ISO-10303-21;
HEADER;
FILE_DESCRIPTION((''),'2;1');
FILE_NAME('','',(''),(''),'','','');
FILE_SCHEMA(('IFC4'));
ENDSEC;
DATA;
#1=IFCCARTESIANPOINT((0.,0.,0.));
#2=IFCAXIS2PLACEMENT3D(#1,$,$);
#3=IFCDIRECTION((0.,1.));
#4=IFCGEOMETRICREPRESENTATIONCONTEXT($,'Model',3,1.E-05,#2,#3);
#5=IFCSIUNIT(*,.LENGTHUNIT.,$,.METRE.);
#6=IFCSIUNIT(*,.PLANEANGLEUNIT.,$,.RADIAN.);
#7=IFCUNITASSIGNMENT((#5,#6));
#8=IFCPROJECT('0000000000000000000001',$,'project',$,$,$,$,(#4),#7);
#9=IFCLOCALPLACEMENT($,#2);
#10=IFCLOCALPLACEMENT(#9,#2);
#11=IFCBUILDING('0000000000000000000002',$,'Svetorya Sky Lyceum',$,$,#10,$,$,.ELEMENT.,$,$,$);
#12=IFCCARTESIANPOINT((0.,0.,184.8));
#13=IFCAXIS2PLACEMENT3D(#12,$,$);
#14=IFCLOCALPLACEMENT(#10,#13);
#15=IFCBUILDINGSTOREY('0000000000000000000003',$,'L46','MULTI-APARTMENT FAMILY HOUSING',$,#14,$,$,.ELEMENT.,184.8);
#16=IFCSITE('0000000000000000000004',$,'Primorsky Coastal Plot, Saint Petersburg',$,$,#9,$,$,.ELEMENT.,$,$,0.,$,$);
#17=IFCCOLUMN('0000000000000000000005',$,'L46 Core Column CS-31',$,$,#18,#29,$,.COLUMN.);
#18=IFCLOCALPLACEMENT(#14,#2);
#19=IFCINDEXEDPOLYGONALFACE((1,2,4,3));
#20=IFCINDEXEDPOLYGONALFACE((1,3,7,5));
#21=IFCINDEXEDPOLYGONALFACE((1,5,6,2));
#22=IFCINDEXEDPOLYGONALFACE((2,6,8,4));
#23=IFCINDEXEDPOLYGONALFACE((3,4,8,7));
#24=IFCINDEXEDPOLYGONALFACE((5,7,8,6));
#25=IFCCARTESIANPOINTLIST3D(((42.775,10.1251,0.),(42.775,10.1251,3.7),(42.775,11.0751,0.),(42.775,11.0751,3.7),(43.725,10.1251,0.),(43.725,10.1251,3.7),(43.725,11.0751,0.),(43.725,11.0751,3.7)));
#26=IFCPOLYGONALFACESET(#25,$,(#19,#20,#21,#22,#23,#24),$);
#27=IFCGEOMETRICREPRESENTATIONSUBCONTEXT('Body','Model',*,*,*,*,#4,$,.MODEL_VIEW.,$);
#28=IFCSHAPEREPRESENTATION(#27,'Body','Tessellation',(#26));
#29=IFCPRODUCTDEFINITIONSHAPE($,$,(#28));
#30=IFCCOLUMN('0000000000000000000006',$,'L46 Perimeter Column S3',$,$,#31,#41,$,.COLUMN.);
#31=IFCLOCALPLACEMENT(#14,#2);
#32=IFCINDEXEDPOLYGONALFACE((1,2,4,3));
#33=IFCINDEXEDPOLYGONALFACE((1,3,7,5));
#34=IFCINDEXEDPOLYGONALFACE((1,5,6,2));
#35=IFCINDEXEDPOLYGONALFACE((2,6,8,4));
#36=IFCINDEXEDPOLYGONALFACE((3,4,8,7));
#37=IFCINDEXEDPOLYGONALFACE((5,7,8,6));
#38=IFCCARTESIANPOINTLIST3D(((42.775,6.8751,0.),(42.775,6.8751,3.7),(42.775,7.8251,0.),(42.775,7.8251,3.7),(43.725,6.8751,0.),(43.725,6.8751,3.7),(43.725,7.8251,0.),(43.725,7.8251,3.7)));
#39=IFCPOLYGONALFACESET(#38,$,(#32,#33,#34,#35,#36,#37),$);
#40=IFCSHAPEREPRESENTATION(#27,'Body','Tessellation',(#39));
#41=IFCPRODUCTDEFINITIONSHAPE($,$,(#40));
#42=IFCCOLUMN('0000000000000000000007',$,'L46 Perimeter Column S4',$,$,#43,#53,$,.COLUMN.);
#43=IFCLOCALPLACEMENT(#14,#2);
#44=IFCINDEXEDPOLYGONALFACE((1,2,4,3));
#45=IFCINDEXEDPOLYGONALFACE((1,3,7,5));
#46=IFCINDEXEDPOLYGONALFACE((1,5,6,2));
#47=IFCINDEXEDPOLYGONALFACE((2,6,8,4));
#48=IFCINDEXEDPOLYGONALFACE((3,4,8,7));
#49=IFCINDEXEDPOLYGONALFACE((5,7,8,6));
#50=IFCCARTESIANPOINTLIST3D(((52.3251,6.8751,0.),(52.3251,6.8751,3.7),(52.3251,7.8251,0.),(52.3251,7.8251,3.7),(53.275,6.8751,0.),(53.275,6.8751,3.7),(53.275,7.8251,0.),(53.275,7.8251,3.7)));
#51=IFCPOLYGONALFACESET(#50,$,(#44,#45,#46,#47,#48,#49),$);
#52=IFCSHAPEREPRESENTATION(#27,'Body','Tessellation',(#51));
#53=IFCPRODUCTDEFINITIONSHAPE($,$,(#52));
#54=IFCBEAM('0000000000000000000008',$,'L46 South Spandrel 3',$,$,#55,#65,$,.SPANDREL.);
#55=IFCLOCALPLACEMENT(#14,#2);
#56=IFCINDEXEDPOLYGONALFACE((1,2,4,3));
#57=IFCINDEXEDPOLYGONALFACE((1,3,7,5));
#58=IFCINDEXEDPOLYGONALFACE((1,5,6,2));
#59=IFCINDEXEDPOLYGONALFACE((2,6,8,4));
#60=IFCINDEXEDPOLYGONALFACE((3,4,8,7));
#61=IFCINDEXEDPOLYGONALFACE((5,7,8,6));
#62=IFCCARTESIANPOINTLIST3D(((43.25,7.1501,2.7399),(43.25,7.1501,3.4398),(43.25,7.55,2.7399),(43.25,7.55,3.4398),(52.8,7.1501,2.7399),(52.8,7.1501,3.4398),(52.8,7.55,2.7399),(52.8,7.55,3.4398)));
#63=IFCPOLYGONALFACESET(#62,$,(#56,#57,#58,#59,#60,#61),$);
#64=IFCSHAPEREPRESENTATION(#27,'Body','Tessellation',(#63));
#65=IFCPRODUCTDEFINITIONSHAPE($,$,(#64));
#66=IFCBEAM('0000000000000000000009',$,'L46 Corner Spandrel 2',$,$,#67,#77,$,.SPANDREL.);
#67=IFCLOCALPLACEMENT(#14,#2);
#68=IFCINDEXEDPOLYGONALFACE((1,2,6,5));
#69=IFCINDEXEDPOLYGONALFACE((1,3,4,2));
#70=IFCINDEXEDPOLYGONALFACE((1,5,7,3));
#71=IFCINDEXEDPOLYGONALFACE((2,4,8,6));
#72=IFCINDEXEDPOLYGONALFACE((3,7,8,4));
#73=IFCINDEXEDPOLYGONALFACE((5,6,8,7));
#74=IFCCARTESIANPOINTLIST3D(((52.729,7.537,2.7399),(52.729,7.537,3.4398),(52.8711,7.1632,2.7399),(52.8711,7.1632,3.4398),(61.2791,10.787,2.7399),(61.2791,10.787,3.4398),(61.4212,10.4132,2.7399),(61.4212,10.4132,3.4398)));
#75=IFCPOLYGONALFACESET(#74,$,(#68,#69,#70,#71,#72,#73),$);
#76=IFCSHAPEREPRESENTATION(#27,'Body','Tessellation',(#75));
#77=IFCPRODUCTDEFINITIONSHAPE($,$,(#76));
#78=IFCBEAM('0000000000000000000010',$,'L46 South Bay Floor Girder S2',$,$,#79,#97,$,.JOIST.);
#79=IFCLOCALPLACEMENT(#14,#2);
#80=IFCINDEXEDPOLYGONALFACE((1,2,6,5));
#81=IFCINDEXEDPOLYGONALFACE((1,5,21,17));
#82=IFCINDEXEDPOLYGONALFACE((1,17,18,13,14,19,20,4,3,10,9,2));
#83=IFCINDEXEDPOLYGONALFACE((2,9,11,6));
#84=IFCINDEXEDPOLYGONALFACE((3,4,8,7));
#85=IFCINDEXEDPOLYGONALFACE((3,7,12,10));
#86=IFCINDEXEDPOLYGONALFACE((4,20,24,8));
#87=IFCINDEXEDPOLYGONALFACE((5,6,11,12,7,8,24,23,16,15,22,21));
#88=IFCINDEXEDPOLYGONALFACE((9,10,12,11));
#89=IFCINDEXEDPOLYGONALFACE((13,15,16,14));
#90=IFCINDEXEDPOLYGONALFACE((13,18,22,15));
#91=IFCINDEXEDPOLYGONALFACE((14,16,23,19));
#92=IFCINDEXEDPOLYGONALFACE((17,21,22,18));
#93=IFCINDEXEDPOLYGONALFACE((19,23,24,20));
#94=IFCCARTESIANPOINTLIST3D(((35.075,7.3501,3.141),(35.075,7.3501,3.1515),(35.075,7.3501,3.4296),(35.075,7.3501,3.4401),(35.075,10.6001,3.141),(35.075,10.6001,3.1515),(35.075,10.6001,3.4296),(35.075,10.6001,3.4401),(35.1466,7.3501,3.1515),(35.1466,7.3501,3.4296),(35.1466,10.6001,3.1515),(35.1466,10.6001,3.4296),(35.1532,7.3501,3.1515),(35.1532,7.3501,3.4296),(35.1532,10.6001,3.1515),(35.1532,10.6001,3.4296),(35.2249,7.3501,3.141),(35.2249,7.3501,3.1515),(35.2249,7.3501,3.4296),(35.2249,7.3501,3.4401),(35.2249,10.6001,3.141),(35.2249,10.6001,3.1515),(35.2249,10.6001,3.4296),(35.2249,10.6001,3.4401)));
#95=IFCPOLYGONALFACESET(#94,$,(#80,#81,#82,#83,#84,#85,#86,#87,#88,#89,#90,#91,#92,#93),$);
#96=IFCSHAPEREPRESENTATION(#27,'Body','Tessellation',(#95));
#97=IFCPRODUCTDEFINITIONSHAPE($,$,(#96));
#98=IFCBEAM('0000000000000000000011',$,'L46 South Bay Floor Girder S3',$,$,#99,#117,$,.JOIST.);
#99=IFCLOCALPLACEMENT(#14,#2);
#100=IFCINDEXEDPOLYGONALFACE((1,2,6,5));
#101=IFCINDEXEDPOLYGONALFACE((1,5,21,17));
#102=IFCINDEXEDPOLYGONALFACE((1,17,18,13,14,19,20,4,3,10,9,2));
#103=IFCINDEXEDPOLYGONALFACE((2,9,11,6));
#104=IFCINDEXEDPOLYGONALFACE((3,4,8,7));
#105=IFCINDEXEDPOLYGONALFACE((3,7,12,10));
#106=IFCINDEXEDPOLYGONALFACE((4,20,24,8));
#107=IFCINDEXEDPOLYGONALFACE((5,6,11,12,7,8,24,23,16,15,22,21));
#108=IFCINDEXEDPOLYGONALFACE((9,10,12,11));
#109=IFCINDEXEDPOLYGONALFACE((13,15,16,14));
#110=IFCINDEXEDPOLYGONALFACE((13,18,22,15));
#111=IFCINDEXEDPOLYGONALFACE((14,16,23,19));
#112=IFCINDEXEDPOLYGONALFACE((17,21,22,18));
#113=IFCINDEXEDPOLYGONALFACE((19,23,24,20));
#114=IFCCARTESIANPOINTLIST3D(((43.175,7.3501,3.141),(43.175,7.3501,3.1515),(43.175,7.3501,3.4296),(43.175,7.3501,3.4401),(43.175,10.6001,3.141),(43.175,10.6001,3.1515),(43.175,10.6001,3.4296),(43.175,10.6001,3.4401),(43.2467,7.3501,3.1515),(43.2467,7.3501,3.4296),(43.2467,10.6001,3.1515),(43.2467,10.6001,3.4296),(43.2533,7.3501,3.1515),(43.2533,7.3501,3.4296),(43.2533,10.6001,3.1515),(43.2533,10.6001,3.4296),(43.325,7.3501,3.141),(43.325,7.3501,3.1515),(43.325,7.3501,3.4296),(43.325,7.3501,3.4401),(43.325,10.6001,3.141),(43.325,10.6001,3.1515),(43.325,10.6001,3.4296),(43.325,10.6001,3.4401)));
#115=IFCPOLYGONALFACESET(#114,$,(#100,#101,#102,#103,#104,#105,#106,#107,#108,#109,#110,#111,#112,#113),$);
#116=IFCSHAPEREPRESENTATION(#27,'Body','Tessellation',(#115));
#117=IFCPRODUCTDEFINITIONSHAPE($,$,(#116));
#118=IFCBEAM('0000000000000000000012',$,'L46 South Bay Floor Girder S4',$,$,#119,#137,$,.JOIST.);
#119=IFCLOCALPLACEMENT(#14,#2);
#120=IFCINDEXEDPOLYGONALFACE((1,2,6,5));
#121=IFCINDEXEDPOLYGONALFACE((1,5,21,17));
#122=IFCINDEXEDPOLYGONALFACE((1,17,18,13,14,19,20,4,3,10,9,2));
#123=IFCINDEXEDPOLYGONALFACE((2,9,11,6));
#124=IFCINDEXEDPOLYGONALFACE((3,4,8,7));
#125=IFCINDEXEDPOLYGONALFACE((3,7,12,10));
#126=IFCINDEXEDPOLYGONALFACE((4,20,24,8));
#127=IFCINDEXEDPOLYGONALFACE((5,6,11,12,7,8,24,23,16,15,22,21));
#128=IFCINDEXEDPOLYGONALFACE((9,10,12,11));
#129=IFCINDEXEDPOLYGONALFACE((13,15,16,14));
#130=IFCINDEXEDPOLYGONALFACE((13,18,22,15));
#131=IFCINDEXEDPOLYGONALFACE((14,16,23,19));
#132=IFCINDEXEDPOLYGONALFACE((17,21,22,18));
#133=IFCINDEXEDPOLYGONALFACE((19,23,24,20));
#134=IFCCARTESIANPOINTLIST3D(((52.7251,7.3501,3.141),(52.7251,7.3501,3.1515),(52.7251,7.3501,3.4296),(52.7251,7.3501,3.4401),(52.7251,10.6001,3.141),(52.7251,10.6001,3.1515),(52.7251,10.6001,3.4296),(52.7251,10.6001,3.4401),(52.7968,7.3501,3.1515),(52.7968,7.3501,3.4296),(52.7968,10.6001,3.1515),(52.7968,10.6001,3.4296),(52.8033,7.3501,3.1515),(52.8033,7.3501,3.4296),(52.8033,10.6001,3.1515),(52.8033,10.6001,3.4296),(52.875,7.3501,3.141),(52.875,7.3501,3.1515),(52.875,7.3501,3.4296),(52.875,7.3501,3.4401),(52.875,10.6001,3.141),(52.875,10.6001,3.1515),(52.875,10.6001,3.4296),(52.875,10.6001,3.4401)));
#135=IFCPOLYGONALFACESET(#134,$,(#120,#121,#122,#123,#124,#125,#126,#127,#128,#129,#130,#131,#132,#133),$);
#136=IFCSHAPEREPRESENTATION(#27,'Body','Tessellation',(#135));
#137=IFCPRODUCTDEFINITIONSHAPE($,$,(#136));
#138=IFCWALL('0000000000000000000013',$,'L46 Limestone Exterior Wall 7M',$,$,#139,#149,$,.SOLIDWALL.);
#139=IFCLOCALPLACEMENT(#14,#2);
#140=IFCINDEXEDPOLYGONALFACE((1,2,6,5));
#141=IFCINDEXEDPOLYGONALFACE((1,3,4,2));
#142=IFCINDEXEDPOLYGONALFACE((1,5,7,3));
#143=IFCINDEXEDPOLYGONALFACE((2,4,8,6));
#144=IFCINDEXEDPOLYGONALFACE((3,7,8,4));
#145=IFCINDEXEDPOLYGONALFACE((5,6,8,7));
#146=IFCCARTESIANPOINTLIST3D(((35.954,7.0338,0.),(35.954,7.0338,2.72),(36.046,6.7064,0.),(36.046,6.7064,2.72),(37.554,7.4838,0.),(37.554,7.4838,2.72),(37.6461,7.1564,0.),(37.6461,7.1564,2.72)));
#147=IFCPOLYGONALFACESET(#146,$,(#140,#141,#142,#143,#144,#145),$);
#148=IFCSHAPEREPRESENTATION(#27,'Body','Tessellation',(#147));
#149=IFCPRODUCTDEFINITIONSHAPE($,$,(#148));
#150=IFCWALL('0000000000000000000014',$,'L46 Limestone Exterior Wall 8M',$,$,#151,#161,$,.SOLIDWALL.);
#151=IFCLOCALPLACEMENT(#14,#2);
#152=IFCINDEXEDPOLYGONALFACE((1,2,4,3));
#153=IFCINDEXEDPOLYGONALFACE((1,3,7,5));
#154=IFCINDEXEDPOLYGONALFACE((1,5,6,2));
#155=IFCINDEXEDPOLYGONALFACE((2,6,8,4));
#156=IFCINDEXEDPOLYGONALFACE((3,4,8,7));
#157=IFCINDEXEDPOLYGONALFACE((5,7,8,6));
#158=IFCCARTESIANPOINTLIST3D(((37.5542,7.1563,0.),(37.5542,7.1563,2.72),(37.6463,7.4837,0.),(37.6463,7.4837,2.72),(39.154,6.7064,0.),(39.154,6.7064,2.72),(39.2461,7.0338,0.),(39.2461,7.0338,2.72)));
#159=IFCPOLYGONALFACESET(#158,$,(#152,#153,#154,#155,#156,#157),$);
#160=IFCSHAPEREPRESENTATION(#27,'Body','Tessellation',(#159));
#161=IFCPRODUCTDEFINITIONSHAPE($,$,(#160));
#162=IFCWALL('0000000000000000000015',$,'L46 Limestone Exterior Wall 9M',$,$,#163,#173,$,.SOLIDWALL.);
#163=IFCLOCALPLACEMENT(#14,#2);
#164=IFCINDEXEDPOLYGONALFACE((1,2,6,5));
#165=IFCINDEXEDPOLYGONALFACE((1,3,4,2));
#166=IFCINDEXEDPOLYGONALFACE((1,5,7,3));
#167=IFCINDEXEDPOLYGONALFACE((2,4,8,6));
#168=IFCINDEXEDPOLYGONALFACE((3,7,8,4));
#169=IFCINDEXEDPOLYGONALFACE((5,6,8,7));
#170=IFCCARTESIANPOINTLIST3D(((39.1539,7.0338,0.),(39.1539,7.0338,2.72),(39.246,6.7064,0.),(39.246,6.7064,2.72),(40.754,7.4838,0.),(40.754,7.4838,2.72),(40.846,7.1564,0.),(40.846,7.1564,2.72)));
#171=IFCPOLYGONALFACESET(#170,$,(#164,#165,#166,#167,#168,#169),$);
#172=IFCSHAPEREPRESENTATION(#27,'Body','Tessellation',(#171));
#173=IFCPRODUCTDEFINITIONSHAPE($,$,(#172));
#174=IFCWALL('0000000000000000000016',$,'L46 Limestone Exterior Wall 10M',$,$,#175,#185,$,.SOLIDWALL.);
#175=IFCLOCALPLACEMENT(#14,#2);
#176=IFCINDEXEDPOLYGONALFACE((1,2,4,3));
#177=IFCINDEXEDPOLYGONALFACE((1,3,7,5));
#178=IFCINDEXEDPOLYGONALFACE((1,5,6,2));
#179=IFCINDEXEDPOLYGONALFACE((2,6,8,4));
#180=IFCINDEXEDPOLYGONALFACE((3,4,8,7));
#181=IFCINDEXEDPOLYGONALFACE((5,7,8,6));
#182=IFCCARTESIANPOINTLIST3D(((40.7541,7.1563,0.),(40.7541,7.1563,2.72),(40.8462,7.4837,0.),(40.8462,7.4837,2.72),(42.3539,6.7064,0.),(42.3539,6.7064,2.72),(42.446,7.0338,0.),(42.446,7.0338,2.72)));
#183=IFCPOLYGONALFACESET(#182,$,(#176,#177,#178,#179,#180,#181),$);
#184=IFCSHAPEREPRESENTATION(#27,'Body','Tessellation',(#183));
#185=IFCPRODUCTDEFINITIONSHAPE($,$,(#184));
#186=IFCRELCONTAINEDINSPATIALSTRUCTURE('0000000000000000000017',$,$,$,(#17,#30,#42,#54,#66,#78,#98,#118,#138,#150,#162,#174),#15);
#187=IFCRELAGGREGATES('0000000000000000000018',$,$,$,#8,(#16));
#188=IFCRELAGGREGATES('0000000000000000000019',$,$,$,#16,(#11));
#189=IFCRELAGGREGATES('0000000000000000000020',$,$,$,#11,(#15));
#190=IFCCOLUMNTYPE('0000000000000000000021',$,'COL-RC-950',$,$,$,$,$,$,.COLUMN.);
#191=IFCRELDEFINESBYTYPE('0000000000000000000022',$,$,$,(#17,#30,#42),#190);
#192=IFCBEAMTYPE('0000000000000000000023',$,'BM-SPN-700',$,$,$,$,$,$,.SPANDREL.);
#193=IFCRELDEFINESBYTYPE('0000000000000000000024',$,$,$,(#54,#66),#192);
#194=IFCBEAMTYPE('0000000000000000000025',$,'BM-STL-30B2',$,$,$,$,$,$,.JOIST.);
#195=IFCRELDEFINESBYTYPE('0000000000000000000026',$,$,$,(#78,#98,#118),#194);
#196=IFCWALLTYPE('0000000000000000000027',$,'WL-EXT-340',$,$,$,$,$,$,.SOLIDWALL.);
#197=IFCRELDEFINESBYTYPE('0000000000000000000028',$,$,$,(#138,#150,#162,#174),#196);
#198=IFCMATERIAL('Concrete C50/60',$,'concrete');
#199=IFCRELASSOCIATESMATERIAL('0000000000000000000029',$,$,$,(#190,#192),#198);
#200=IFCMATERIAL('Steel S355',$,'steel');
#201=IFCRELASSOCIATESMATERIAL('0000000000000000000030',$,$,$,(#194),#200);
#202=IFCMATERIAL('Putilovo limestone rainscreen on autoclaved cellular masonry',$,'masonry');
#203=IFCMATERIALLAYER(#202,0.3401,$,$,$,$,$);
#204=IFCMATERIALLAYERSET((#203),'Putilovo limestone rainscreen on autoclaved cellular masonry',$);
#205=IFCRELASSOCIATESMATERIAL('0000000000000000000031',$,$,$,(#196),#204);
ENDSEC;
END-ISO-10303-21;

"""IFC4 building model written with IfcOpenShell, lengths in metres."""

from ifc_helpers import new_model, si_unit, direction, frame, frame_2d, origin, origin_2d, place, context, subcontext, project, spatial, rectangle, i_section, extrude, material, layer, layer_set, material_profile, profile_set, type_object, element, save


model = new_model("IFC4")

# Units and contexts
model_context = context("Model", 3, precision=1e-05, world=origin(), true_north=direction((0.0, 1.0)))
body_context = subcontext(model_context, "Body", "Model", "MODEL_VIEW")
ifc_project = project(units=[si_unit("LENGTHUNIT", "METRE"), si_unit("PLANEANGLEUNIT", "RADIAN")], contexts=[model_context])

# Site, building, storey
site_placement = place(None, origin())
site = spatial("IfcSite", under=ifc_project, at=site_placement, Name="Primorsky Coastal Plot, Saint Petersburg", CompositionType="ELEMENT", RefElevation=0.0)
building_placement = place(site_placement, origin())
building = spatial("IfcBuilding", under=site, at=building_placement, Name="Svetorya Sky Lyceum", CompositionType="ELEMENT")
storey_placement = place(building_placement, frame((0.0, 0.0, 184.8)))
storey = spatial("IfcBuildingStorey", under=building, at=storey_placement, Name="L46", Description="MULTI-APARTMENT FAMILY HOUSING", CompositionType="ELEMENT", Elevation=184.8)

# Columns
ifc_material_1 = material(Name="Concrete C50/60", Category="concrete")
ifc_material_profile_1 = material_profile(ifc_material_1, rectangle(XDim=0.95, YDim=0.95, at=origin_2d()), Name="RC COL 950x950")
ifc_profile_set_1 = profile_set([ifc_material_profile_1], Name="Concrete C50/60")
column_type = type_object("IfcColumnType", Name="COL-RC-950", PredefinedType="COLUMN", material=ifc_profile_set_1)
for number, where, z_axis, x_axis, name in (
    (1, (43.25, 10.6001, 0.0), (0.0, 0.0, 1.0), (1.0, 0.0, 0.0), "L46 Core Column CS-31"),
    (2, (43.25, 7.3501, 0.0), (0.0, 0.0, 1.0), (1.0, 0.0, 0.0), "L46 Perimeter Column S3"),
    (3, (52.8, 7.3501, 0.0), (0.0, 0.0, 1.0), (1.0, 0.0, 0.0), "L46 Perimeter Column S4"),
):
    element("IfcColumn", number, at=place(storey_placement, frame(where, z_axis=z_axis, x_axis=x_axis)), inside=storey, type_object=column_type, Name=name, PredefinedType="COLUMN", context=body_context, shape_type="SweptSolid", body=[
        extrude(rectangle(XDim=0.95, YDim=0.95, at=origin_2d()), origin(), (0.0, 0.0, 1.0), 3.7),
    ])

# Beams
ifc_material_profile_2 = material_profile(ifc_material_1, rectangle(XDim=0.3999, YDim=0.7, at=origin_2d()), Name="RC SPANDREL 400x700")
ifc_profile_set_2 = profile_set([ifc_material_profile_2], Name="Concrete C50/60")
beam_type_1 = type_object("IfcBeamType", Name="BM-SPN-700", PredefinedType="SPANDREL", material=ifc_profile_set_2)
beam_1_placement = place(storey_placement, frame((43.25, 7.3501, 3.0898), z_axis=(1.0, 0.0, 0.0), x_axis=(0.0, 1.0, 0.0)))
element("IfcBeam", 4, at=beam_1_placement, inside=storey, type_object=beam_type_1, Name="L46 South Spandrel 3", PredefinedType="SPANDREL", context=body_context, shape_type="SweptSolid", body=[
    extrude(rectangle(XDim=0.3999, YDim=0.7, at=origin_2d()), origin(), (0.0, 0.0, 1.0), 9.55),
])
beam_2_placement = place(storey_placement, frame((52.8, 7.3501, 3.0898), z_axis=(0.934748, 0.355312, 0.0), x_axis=(-0.355312, 0.934748, 0.0)))
element("IfcBeam", 5, at=beam_2_placement, inside=storey, type_object=beam_type_1, Name="L46 Corner Spandrel 2", PredefinedType="SPANDREL", context=body_context, shape_type="SweptSolid", body=[
    extrude(rectangle(XDim=0.3999, YDim=0.7, at=origin_2d()), origin(), (0.0, 0.0, 1.0), 9.147),
])
ifc_material_2 = material(Name="Steel S355", Category="steel")
ifc_material_profile_3 = material_profile(ifc_material_2, i_section(OverallWidth=0.1499, OverallDepth=0.2991, WebThickness=0.0066, FlangeThickness=0.0105, at=origin_2d()), Name="GOST 30B2")
ifc_profile_set_3 = profile_set([ifc_material_profile_3], Name="Steel S355")
beam_type_2 = type_object("IfcBeamType", Name="BM-STL-30B2", PredefinedType="JOIST", material=ifc_profile_set_3)
for number, where, z_axis, x_axis, name in (
    (6, (35.1499, 7.3501, 3.2905), (0.0, 1.0, 0.0), (-1.0, 0.0, 0.0), "L46 South Bay Floor Girder S2"),
    (7, (43.25, 7.3501, 3.2905), (0.0, 1.0, 0.0), (-1.0, 0.0, 0.0), "L46 South Bay Floor Girder S3"),
    (8, (52.8, 7.3501, 3.2905), (0.0, 1.0, 0.0), (-1.0, 0.0, 0.0), "L46 South Bay Floor Girder S4"),
):
    element("IfcBeam", number, at=place(storey_placement, frame(where, z_axis=z_axis, x_axis=x_axis)), inside=storey, type_object=beam_type_2, Name=name, PredefinedType="JOIST", context=body_context, shape_type="SweptSolid", body=[
        extrude(i_section(OverallWidth=0.1499, OverallDepth=0.2991, WebThickness=0.0066, FlangeThickness=0.0105, at=origin_2d()), origin(), (0.0, 0.0, 1.0), 3.25),
    ])

# Walls
ifc_material_3 = material(Name="Putilovo limestone rainscreen on autoclaved cellular masonry", Category="masonry")
ifc_layer_1 = layer(ifc_material_3, 0.3401)
ifc_layer_set_1 = layer_set([ifc_layer_1], Name="Putilovo limestone rainscreen on autoclaved cellular masonry")
wall_type_1 = type_object("IfcWallType", Name="WL-EXT-340", PredefinedType="SOLIDWALL", material=ifc_layer_set_1)
wall_1_placement = place(storey_placement, frame((36.0, 6.8701, 0.0), z_axis=(0.0, 0.0, 1.0), x_axis=(0.962663, 0.270703, 0.0)))
element("IfcWall", 9, at=wall_1_placement, inside=storey, type_object=wall_type_1, Name="L46 Limestone Exterior Wall 7M", PredefinedType="SOLIDWALL", context=body_context, shape_type="SweptSolid", body=[
    extrude(rectangle(XDim=1.6621, YDim=0.3401, at=frame_2d((0.8311, 0.0))), origin(), (0.0, 0.0, 1.0), 2.72),
])
wall_2_placement = place(storey_placement, frame((37.6001, 7.3201, 0.0), z_axis=(0.0, 0.0, 1.0), x_axis=(0.962652, -0.270741, 0.0)))
element("IfcWall", 10, at=wall_2_placement, inside=storey, type_object=wall_type_1, Name="L46 Limestone Exterior Wall 8M", PredefinedType="SOLIDWALL", context=body_context, shape_type="SweptSolid", body=[
    extrude(rectangle(XDim=1.6619, YDim=0.3401, at=frame_2d((0.8311, 0.0))), origin(), (0.0, 0.0, 1.0), 2.72),
])
wall_3_placement = place(storey_placement, frame((39.2, 6.8701, 0.0), z_axis=(0.0, 0.0, 1.0), x_axis=(0.962663, 0.270703, 0.0)))
element("IfcWall", 11, at=wall_3_placement, inside=storey, type_object=wall_type_1, Name="L46 Limestone Exterior Wall 9M", PredefinedType="SOLIDWALL", context=body_context, shape_type="SweptSolid", body=[
    extrude(rectangle(XDim=1.6621, YDim=0.3401, at=frame_2d((0.8311, 0.0))), origin(), (0.0, 0.0, 1.0), 2.72),
])
wall_4_placement = place(storey_placement, frame((40.8, 7.3201, 0.0), z_axis=(0.0, 0.0, 1.0), x_axis=(0.962652, -0.270741, 0.0)))
element("IfcWall", 12, at=wall_4_placement, inside=storey, type_object=wall_type_1, Name="L46 Limestone Exterior Wall 10M", PredefinedType="SOLIDWALL", context=body_context, shape_type="SweptSolid", body=[
    extrude(rectangle(XDim=1.6619, YDim=0.3401, at=frame_2d((0.8311, 0.0))), origin(), (0.0, 0.0, 1.0), 2.72),
])

save(model, "model.ifc")
